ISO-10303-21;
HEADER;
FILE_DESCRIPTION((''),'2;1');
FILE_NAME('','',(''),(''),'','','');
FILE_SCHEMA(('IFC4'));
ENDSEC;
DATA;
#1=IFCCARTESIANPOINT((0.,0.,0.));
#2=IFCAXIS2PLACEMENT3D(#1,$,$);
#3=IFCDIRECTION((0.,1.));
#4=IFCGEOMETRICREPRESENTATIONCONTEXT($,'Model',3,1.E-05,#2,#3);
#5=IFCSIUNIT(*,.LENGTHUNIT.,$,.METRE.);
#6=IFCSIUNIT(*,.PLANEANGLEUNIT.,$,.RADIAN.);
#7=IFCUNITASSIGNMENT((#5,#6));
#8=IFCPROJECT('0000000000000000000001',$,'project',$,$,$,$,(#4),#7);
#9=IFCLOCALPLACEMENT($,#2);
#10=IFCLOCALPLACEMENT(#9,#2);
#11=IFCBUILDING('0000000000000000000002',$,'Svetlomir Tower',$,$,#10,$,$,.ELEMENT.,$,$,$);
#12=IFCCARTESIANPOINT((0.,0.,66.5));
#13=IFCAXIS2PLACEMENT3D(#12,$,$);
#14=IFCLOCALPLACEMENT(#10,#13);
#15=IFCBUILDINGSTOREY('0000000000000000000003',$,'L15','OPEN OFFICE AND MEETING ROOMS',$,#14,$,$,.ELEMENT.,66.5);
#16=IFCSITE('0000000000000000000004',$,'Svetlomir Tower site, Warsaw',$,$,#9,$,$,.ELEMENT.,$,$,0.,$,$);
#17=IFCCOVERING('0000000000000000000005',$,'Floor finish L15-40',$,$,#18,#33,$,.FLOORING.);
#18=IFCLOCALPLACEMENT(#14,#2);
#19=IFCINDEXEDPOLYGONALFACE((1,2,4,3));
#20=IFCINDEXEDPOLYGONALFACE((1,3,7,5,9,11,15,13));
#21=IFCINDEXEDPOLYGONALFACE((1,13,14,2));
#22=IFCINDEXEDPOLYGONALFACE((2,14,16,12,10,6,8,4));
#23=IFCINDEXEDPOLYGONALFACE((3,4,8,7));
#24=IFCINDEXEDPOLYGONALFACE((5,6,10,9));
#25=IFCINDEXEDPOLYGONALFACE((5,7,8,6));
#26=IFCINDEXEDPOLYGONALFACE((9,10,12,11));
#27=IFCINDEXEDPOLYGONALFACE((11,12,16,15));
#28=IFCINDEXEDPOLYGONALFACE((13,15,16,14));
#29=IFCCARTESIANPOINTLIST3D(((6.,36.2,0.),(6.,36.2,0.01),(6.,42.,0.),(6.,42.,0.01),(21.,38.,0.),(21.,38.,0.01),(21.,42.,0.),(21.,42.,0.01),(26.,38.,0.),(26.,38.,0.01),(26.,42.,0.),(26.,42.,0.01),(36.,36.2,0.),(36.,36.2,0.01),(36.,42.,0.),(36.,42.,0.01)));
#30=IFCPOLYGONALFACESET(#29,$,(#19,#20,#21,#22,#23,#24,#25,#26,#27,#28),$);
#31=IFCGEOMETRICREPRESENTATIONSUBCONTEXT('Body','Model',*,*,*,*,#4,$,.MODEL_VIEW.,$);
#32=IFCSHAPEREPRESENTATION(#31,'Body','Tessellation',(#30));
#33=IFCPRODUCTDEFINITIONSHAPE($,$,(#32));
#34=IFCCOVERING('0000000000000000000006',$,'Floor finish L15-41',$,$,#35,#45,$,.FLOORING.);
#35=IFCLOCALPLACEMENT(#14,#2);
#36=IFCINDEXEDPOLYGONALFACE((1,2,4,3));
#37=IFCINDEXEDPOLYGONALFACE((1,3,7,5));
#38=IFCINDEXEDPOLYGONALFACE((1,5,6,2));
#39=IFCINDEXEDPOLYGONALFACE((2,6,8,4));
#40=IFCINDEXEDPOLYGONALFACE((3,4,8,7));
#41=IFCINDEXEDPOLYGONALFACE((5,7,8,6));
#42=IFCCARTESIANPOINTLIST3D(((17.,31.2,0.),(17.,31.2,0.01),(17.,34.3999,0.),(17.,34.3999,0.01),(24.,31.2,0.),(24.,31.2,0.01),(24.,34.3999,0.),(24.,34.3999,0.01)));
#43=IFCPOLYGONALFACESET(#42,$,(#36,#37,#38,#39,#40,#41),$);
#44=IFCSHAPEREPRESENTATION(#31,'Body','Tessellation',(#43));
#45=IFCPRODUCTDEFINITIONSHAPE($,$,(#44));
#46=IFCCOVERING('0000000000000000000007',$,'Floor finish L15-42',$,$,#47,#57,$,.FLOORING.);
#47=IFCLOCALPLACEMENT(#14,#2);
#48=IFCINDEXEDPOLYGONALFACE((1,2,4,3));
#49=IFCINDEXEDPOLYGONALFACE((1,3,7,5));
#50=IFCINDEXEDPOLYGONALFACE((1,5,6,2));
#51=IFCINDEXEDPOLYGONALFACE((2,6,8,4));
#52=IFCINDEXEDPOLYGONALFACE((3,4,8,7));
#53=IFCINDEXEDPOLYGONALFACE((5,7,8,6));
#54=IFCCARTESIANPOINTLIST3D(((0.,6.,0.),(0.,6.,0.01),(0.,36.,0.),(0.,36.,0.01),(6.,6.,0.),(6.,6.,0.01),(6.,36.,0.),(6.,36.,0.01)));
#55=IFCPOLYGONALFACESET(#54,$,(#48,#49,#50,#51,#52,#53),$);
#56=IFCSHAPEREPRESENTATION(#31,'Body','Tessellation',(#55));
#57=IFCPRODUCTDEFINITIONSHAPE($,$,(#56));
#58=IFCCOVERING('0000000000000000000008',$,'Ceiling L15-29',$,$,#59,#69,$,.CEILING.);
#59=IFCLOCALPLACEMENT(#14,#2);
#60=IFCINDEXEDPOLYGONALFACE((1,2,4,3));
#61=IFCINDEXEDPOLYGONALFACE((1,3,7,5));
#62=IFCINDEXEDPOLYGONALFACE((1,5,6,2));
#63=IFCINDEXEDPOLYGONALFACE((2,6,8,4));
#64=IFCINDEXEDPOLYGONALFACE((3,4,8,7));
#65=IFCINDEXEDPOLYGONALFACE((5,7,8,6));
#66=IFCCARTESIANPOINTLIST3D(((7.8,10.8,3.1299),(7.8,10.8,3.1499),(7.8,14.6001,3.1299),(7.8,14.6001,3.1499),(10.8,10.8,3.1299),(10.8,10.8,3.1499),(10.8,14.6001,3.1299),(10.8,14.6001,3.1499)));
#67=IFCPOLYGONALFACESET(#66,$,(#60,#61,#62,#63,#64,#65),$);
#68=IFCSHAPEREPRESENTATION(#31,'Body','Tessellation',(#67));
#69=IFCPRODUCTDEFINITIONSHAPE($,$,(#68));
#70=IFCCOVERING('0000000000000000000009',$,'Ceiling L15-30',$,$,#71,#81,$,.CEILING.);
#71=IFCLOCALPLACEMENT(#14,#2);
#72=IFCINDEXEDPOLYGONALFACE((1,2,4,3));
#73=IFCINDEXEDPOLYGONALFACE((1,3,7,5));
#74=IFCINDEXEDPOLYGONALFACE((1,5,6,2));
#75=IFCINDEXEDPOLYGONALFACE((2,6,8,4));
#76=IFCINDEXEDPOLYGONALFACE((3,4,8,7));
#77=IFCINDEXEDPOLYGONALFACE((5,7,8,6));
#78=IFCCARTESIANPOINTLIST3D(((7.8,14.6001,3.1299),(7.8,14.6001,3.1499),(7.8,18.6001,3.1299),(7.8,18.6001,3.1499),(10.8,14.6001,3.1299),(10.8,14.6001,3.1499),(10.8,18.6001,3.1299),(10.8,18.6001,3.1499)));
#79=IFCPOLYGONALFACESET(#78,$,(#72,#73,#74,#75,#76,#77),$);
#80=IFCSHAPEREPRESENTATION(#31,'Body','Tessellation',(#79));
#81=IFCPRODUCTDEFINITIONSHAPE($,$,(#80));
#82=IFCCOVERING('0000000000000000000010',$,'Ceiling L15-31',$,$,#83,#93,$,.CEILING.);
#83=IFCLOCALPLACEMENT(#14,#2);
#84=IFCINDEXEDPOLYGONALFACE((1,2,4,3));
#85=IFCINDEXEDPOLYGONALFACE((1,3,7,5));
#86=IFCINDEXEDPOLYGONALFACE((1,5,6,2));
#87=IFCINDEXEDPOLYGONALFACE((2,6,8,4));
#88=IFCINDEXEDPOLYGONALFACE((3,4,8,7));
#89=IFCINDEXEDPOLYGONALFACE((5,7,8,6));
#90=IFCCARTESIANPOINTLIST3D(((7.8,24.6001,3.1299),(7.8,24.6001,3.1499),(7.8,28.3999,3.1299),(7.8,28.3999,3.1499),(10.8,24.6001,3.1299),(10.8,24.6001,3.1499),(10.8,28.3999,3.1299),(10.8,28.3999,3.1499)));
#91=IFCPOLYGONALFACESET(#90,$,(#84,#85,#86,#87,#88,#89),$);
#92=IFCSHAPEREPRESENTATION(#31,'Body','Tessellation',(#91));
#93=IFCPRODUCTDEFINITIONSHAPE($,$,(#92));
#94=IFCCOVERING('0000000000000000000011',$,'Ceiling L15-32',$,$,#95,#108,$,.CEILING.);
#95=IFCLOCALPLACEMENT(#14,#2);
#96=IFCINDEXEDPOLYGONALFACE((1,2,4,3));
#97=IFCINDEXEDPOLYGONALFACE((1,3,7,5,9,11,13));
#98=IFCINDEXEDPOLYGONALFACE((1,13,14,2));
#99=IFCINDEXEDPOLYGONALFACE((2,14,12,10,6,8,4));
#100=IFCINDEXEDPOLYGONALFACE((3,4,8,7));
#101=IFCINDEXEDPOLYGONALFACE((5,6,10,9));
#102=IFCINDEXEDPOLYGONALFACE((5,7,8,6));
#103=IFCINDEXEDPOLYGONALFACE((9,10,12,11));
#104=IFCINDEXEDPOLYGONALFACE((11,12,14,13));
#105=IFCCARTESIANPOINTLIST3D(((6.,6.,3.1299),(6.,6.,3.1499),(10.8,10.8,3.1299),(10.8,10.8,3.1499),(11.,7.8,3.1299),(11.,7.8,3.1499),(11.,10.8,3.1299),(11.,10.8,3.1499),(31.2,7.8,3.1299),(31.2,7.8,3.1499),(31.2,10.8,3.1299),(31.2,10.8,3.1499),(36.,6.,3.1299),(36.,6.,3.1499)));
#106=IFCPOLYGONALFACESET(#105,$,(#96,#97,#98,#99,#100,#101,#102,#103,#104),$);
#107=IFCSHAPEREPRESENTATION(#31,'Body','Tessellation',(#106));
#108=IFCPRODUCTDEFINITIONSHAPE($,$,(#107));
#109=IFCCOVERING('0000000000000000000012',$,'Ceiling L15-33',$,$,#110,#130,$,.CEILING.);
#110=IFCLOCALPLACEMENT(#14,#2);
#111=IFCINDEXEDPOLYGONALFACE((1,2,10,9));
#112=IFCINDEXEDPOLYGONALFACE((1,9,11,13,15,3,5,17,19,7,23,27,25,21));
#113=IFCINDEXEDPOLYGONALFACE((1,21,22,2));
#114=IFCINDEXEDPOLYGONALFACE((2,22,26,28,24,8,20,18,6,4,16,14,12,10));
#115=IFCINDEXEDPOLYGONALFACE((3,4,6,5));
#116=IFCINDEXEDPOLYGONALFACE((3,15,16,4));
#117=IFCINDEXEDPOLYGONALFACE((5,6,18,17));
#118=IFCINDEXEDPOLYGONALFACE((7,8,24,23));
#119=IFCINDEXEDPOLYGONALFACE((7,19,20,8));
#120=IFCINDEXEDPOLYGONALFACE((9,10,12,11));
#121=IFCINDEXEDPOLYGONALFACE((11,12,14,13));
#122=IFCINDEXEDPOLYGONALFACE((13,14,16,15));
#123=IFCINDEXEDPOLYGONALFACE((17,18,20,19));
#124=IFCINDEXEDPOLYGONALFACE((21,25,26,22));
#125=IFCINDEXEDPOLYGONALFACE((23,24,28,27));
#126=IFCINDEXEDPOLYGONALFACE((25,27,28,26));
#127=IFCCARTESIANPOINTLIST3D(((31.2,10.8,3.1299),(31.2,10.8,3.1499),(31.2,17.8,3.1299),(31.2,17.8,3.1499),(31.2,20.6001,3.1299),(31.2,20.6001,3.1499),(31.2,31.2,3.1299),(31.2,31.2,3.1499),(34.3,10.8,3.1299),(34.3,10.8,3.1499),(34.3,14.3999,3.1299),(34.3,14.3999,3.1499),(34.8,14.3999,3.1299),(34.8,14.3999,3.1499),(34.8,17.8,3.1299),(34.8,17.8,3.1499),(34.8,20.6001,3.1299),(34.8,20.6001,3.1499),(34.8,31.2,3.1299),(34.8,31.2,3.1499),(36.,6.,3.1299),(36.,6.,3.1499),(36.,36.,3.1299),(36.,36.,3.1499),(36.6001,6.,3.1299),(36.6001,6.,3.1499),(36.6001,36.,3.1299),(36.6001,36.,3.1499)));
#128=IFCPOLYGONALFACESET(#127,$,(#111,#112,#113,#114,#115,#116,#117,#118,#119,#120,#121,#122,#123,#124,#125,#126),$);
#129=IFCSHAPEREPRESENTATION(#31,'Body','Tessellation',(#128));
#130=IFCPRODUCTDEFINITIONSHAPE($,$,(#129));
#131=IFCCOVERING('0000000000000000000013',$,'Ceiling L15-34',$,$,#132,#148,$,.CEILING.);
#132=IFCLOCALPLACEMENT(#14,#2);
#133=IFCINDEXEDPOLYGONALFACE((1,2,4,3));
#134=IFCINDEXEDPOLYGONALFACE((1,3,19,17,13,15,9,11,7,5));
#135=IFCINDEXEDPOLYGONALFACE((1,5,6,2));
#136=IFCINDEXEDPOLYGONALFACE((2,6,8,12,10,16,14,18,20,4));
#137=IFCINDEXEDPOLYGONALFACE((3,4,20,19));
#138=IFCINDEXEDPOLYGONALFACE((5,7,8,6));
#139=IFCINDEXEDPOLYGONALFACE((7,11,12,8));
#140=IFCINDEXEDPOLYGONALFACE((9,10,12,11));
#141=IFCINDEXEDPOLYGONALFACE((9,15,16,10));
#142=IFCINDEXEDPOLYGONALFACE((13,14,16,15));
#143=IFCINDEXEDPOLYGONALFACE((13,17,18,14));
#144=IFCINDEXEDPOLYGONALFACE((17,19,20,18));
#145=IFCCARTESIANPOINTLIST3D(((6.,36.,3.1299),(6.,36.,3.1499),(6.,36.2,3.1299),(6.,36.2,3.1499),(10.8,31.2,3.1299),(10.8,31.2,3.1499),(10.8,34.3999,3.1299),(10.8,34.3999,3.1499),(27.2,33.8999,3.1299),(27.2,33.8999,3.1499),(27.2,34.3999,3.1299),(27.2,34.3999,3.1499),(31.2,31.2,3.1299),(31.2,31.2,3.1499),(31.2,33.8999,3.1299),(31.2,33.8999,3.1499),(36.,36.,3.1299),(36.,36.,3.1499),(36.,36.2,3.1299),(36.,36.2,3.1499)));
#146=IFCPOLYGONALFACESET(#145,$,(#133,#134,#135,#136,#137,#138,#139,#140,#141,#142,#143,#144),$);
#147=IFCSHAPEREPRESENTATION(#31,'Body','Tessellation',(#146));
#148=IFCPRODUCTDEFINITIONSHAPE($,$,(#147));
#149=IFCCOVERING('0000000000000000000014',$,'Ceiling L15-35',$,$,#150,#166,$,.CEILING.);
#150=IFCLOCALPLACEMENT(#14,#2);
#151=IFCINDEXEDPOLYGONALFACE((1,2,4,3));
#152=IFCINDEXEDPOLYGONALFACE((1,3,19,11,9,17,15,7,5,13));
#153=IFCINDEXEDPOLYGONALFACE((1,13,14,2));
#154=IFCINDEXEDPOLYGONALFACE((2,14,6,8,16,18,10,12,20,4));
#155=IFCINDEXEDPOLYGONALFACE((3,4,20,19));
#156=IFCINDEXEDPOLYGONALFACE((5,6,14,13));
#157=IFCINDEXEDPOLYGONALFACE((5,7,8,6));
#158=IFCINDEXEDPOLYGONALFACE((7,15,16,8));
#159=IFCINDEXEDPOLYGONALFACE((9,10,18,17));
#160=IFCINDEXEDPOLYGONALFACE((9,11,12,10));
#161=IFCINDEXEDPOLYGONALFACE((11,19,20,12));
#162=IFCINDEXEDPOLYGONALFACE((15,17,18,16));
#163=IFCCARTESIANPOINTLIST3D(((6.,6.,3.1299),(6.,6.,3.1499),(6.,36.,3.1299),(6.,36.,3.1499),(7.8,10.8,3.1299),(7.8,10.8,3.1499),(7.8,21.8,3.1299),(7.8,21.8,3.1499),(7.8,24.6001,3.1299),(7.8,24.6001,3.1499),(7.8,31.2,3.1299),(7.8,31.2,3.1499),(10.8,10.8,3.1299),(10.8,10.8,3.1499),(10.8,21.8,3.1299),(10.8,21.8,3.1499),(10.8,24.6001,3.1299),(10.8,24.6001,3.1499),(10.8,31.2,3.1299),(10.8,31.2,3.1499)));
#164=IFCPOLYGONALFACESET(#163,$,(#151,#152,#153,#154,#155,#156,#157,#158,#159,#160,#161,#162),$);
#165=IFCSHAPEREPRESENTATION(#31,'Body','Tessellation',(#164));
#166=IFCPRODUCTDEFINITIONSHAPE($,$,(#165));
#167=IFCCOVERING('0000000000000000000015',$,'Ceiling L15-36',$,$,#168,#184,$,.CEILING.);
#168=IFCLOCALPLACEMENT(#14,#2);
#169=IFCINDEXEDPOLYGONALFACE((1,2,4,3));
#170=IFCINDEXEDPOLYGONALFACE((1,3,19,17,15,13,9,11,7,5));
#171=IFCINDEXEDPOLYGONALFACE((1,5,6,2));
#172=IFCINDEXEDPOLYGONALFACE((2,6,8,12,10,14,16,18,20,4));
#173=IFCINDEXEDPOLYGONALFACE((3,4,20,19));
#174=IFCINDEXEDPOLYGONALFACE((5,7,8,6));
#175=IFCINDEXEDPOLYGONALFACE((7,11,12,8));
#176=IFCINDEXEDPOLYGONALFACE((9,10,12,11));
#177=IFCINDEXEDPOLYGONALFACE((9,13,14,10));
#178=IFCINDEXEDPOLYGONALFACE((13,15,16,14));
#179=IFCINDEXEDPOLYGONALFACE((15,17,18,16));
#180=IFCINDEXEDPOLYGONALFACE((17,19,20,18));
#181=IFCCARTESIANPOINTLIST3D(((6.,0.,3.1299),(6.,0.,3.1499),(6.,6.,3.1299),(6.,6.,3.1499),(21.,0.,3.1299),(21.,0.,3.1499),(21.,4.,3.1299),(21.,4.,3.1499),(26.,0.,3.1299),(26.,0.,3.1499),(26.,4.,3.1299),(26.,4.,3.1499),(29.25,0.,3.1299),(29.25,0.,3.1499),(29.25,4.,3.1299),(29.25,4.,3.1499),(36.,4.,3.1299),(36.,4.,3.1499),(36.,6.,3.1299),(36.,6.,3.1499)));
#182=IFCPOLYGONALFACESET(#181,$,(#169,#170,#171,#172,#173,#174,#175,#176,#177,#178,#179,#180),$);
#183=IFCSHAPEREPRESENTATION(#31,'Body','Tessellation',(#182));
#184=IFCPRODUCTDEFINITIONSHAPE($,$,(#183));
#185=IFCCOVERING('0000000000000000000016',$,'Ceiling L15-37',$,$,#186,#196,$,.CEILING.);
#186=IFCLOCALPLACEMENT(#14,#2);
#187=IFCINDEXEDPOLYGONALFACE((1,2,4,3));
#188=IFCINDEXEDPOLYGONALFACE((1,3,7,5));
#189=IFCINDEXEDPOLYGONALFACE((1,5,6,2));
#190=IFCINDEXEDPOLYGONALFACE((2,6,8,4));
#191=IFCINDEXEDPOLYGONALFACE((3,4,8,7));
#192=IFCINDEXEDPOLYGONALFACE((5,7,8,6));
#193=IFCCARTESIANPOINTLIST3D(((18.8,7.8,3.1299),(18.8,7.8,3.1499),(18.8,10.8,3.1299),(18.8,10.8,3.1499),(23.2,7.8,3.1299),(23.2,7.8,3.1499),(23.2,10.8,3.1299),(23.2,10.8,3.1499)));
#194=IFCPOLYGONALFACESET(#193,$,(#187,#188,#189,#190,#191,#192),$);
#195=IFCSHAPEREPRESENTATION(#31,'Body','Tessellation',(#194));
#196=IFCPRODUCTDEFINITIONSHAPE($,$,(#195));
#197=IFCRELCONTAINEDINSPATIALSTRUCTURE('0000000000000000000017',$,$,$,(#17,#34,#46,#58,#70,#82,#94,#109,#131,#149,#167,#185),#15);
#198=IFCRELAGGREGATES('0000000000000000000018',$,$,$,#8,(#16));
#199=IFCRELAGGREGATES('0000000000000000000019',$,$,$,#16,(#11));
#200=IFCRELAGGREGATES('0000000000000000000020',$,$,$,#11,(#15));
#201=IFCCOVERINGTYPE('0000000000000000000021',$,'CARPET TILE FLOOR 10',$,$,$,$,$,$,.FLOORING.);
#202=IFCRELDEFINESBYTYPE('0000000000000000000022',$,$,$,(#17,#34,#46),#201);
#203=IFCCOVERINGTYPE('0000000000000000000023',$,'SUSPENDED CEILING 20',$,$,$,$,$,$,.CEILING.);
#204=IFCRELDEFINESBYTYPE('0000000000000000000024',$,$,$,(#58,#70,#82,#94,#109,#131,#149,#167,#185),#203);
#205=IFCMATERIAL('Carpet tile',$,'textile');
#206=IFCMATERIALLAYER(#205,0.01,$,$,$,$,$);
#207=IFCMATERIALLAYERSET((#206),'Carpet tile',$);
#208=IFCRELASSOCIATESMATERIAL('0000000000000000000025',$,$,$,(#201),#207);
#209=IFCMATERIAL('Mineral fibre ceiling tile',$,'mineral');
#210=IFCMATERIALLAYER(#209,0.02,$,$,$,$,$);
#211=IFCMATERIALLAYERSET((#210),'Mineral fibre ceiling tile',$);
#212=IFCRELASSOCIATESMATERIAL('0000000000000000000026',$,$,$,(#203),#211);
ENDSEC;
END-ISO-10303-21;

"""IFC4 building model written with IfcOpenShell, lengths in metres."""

from ifc_helpers import new_model, si_unit, direction, frame, origin, place, context, subcontext, project, spatial, polyline, outline, extrude, material, layer, layer_set, type_object, element, save


model = new_model("IFC4")

# Units and contexts
model_context = context("Model", 3, precision=1e-05, world=origin(), true_north=direction((0.0, 1.0)))
body_context = subcontext(model_context, "Body", "Model", "MODEL_VIEW")
ifc_project = project(units=[si_unit("LENGTHUNIT", "METRE"), si_unit("PLANEANGLEUNIT", "RADIAN")], contexts=[model_context])

# Site, building, storey
site_placement = place(None, origin())
site = spatial("IfcSite", under=ifc_project, at=site_placement, Name="Svetlomir Tower site, Warsaw", CompositionType="ELEMENT", RefElevation=0.0)
building_placement = place(site_placement, origin())
building = spatial("IfcBuilding", under=site, at=building_placement, Name="Svetlomir Tower", CompositionType="ELEMENT")
storey_placement = place(building_placement, frame((0.0, 0.0, 66.5)))
storey = spatial("IfcBuildingStorey", under=building, at=storey_placement, Name="L15", Description="OPEN OFFICE AND MEETING ROOMS", CompositionType="ELEMENT", Elevation=66.5)

# Coverings
ifc_material_1 = material(Name="Carpet tile", Category="textile")
ifc_layer_1 = layer(ifc_material_1, 0.01)
ifc_layer_set_1 = layer_set([ifc_layer_1], Name="Carpet tile")
covering_type_1 = type_object("IfcCoveringType", Name="CARPET TILE FLOOR 10", PredefinedType="FLOORING", material=ifc_layer_set_1)
covering_1_placement = place(storey_placement, origin())
element("IfcCovering", 1, at=covering_1_placement, inside=storey, type_object=covering_type_1, Name="Floor finish L15-40", PredefinedType="FLOORING", context=body_context, shape_type="SweptSolid", body=[
    extrude(outline(polyline([(21.0, 42.0), (21.0, 38.0), (26.0, 38.0), (26.0, 42.0), (36.0, 42.0), (36.0, 36.2), (6.0, 36.2), (6.0, 42.0), (21.0, 42.0)])), origin(), (0.0, 0.0, 1.0), 0.01),
])
covering_2_placement = place(storey_placement, origin())
element("IfcCovering", 2, at=covering_2_placement, inside=storey, type_object=covering_type_1, Name="Floor finish L15-41", PredefinedType="FLOORING", context=body_context, shape_type="SweptSolid", body=[
    extrude(outline(polyline([(17.0, 31.2), (17.0, 34.3999), (24.0, 34.3999), (24.0, 31.2), (17.0, 31.2)])), origin(), (0.0, 0.0, 1.0), 0.01),
])
covering_3_placement = place(storey_placement, origin())
element("IfcCovering", 3, at=covering_3_placement, inside=storey, type_object=covering_type_1, Name="Floor finish L15-42", PredefinedType="FLOORING", context=body_context, shape_type="SweptSolid", body=[
    extrude(outline(polyline([(0.0, 36.0), (6.0, 36.0), (6.0, 6.0), (0.0, 6.0), (0.0, 36.0)])), origin(), (0.0, 0.0, 1.0), 0.01),
])
ifc_material_2 = material(Name="Mineral fibre ceiling tile", Category="mineral")
ifc_layer_2 = layer(ifc_material_2, 0.02)
ifc_layer_set_2 = layer_set([ifc_layer_2], Name="Mineral fibre ceiling tile")
covering_type_2 = type_object("IfcCoveringType", Name="SUSPENDED CEILING 20", PredefinedType="CEILING", material=ifc_layer_set_2)
covering_4_placement = place(storey_placement, frame((0.0, 0.0, 3.1299)))
element("IfcCovering", 4, at=covering_4_placement, inside=storey, type_object=covering_type_2, Name="Ceiling L15-29", PredefinedType="CEILING", context=body_context, shape_type="SweptSolid", body=[
    extrude(outline(polyline([(7.8, 10.8), (10.8, 10.8), (10.8, 14.6001), (7.8, 14.6001), (7.8, 10.8)])), origin(), (0.0, 0.0, 1.0), 0.02),
])
covering_5_placement = place(storey_placement, frame((0.0, 0.0, 3.1299)))
element("IfcCovering", 5, at=covering_5_placement, inside=storey, type_object=covering_type_2, Name="Ceiling L15-30", PredefinedType="CEILING", context=body_context, shape_type="SweptSolid", body=[
    extrude(outline(polyline([(7.8, 14.6001), (10.8, 14.6001), (10.8, 18.6001), (7.8, 18.6001), (7.8, 14.6001)])), origin(), (0.0, 0.0, 1.0), 0.02),
])
covering_6_placement = place(storey_placement, frame((0.0, 0.0, 3.1299)))
element("IfcCovering", 6, at=covering_6_placement, inside=storey, type_object=covering_type_2, Name="Ceiling L15-31", PredefinedType="CEILING", context=body_context, shape_type="SweptSolid", body=[
    extrude(outline(polyline([(7.8, 24.6001), (10.8, 24.6001), (10.8, 28.3999), (7.8, 28.3999), (7.8, 24.6001)])), origin(), (0.0, 0.0, 1.0), 0.02),
])
covering_7_placement = place(storey_placement, frame((0.0, 0.0, 3.1299)))
element("IfcCovering", 7, at=covering_7_placement, inside=storey, type_object=covering_type_2, Name="Ceiling L15-32", PredefinedType="CEILING", context=body_context, shape_type="SweptSolid", body=[
    extrude(outline(polyline([(36.0, 6.0), (6.0, 6.0), (10.8, 10.8), (11.0, 10.8), (11.0, 7.8), (31.2, 7.8), (31.2, 10.8), (36.0, 6.0)])), origin(), (0.0, 0.0, 1.0), 0.02),
])
covering_8_placement = place(storey_placement, frame((0.0, 0.0, 3.1299)))
element("IfcCovering", 8, at=covering_8_placement, inside=storey, type_object=covering_type_2, Name="Ceiling L15-33", PredefinedType="CEILING", context=body_context, shape_type="SweptSolid", body=[
    extrude(outline(polyline([(31.2, 20.6001), (34.8, 20.6001), (34.8, 31.2), (31.2, 31.2), (36.0, 36.0), (36.6001, 36.0), (36.6001, 6.0), (36.0, 6.0), (31.2, 10.8), (34.3, 10.8), (34.3, 14.3999), (34.8, 14.3999), (34.8, 17.8), (31.2, 17.8), (31.2, 20.6001)])), origin(), (0.0, 0.0, 1.0), 0.02),
])
covering_9_placement = place(storey_placement, frame((0.0, 0.0, 3.1299)))
element("IfcCovering", 9, at=covering_9_placement, inside=storey, type_object=covering_type_2, Name="Ceiling L15-34", PredefinedType="CEILING", context=body_context, shape_type="SweptSolid", body=[
    extrude(outline(polyline([(6.0, 36.2), (36.0, 36.2), (36.0, 36.0), (31.2, 31.2), (31.2, 33.8999), (27.2, 33.8999), (27.2, 34.3999), (10.8, 34.3999), (10.8, 31.2), (6.0, 36.0), (6.0, 36.2)])), origin(), (0.0, 0.0, 1.0), 0.02),
])
covering_10_placement = place(storey_placement, frame((0.0, 0.0, 3.1299)))
element("IfcCovering", 10, at=covering_10_placement, inside=storey, type_object=covering_type_2, Name="Ceiling L15-35", PredefinedType="CEILING", context=body_context, shape_type="SweptSolid", body=[
    extrude(outline(polyline([(6.0, 36.0), (10.8, 31.2), (7.8, 31.2), (7.8, 24.6001), (10.8, 24.6001), (10.8, 21.8), (7.8, 21.8), (7.8, 10.8), (10.8, 10.8), (6.0, 6.0), (6.0, 36.0)])), origin(), (0.0, 0.0, 1.0), 0.02),
])
covering_11_placement = place(storey_placement, frame((0.0, 0.0, 3.1299)))
element("IfcCovering", 11, at=covering_11_placement, inside=storey, type_object=covering_type_2, Name="Ceiling L15-36", PredefinedType="CEILING", context=body_context, shape_type="SweptSolid", body=[
    extrude(outline(polyline([(36.0, 6.0), (36.0, 4.0), (29.25, 4.0), (29.25, 0.0), (26.0, 0.0), (26.0, 4.0), (21.0, 4.0), (21.0, 0.0), (6.0, 0.0), (6.0, 6.0), (36.0, 6.0)])), origin(), (0.0, 0.0, 1.0), 0.02),
])
covering_12_placement = place(storey_placement, frame((0.0, 0.0, 3.1299)))
element("IfcCovering", 12, at=covering_12_placement, inside=storey, type_object=covering_type_2, Name="Ceiling L15-37", PredefinedType="CEILING", context=body_context, shape_type="SweptSolid", body=[
    extrude(outline(polyline([(23.2, 10.8), (23.2, 7.8), (18.8, 7.8), (18.8, 10.8), (23.2, 10.8)])), origin(), (0.0, 0.0, 1.0), 0.02),
])

save(model, "model.ifc")
